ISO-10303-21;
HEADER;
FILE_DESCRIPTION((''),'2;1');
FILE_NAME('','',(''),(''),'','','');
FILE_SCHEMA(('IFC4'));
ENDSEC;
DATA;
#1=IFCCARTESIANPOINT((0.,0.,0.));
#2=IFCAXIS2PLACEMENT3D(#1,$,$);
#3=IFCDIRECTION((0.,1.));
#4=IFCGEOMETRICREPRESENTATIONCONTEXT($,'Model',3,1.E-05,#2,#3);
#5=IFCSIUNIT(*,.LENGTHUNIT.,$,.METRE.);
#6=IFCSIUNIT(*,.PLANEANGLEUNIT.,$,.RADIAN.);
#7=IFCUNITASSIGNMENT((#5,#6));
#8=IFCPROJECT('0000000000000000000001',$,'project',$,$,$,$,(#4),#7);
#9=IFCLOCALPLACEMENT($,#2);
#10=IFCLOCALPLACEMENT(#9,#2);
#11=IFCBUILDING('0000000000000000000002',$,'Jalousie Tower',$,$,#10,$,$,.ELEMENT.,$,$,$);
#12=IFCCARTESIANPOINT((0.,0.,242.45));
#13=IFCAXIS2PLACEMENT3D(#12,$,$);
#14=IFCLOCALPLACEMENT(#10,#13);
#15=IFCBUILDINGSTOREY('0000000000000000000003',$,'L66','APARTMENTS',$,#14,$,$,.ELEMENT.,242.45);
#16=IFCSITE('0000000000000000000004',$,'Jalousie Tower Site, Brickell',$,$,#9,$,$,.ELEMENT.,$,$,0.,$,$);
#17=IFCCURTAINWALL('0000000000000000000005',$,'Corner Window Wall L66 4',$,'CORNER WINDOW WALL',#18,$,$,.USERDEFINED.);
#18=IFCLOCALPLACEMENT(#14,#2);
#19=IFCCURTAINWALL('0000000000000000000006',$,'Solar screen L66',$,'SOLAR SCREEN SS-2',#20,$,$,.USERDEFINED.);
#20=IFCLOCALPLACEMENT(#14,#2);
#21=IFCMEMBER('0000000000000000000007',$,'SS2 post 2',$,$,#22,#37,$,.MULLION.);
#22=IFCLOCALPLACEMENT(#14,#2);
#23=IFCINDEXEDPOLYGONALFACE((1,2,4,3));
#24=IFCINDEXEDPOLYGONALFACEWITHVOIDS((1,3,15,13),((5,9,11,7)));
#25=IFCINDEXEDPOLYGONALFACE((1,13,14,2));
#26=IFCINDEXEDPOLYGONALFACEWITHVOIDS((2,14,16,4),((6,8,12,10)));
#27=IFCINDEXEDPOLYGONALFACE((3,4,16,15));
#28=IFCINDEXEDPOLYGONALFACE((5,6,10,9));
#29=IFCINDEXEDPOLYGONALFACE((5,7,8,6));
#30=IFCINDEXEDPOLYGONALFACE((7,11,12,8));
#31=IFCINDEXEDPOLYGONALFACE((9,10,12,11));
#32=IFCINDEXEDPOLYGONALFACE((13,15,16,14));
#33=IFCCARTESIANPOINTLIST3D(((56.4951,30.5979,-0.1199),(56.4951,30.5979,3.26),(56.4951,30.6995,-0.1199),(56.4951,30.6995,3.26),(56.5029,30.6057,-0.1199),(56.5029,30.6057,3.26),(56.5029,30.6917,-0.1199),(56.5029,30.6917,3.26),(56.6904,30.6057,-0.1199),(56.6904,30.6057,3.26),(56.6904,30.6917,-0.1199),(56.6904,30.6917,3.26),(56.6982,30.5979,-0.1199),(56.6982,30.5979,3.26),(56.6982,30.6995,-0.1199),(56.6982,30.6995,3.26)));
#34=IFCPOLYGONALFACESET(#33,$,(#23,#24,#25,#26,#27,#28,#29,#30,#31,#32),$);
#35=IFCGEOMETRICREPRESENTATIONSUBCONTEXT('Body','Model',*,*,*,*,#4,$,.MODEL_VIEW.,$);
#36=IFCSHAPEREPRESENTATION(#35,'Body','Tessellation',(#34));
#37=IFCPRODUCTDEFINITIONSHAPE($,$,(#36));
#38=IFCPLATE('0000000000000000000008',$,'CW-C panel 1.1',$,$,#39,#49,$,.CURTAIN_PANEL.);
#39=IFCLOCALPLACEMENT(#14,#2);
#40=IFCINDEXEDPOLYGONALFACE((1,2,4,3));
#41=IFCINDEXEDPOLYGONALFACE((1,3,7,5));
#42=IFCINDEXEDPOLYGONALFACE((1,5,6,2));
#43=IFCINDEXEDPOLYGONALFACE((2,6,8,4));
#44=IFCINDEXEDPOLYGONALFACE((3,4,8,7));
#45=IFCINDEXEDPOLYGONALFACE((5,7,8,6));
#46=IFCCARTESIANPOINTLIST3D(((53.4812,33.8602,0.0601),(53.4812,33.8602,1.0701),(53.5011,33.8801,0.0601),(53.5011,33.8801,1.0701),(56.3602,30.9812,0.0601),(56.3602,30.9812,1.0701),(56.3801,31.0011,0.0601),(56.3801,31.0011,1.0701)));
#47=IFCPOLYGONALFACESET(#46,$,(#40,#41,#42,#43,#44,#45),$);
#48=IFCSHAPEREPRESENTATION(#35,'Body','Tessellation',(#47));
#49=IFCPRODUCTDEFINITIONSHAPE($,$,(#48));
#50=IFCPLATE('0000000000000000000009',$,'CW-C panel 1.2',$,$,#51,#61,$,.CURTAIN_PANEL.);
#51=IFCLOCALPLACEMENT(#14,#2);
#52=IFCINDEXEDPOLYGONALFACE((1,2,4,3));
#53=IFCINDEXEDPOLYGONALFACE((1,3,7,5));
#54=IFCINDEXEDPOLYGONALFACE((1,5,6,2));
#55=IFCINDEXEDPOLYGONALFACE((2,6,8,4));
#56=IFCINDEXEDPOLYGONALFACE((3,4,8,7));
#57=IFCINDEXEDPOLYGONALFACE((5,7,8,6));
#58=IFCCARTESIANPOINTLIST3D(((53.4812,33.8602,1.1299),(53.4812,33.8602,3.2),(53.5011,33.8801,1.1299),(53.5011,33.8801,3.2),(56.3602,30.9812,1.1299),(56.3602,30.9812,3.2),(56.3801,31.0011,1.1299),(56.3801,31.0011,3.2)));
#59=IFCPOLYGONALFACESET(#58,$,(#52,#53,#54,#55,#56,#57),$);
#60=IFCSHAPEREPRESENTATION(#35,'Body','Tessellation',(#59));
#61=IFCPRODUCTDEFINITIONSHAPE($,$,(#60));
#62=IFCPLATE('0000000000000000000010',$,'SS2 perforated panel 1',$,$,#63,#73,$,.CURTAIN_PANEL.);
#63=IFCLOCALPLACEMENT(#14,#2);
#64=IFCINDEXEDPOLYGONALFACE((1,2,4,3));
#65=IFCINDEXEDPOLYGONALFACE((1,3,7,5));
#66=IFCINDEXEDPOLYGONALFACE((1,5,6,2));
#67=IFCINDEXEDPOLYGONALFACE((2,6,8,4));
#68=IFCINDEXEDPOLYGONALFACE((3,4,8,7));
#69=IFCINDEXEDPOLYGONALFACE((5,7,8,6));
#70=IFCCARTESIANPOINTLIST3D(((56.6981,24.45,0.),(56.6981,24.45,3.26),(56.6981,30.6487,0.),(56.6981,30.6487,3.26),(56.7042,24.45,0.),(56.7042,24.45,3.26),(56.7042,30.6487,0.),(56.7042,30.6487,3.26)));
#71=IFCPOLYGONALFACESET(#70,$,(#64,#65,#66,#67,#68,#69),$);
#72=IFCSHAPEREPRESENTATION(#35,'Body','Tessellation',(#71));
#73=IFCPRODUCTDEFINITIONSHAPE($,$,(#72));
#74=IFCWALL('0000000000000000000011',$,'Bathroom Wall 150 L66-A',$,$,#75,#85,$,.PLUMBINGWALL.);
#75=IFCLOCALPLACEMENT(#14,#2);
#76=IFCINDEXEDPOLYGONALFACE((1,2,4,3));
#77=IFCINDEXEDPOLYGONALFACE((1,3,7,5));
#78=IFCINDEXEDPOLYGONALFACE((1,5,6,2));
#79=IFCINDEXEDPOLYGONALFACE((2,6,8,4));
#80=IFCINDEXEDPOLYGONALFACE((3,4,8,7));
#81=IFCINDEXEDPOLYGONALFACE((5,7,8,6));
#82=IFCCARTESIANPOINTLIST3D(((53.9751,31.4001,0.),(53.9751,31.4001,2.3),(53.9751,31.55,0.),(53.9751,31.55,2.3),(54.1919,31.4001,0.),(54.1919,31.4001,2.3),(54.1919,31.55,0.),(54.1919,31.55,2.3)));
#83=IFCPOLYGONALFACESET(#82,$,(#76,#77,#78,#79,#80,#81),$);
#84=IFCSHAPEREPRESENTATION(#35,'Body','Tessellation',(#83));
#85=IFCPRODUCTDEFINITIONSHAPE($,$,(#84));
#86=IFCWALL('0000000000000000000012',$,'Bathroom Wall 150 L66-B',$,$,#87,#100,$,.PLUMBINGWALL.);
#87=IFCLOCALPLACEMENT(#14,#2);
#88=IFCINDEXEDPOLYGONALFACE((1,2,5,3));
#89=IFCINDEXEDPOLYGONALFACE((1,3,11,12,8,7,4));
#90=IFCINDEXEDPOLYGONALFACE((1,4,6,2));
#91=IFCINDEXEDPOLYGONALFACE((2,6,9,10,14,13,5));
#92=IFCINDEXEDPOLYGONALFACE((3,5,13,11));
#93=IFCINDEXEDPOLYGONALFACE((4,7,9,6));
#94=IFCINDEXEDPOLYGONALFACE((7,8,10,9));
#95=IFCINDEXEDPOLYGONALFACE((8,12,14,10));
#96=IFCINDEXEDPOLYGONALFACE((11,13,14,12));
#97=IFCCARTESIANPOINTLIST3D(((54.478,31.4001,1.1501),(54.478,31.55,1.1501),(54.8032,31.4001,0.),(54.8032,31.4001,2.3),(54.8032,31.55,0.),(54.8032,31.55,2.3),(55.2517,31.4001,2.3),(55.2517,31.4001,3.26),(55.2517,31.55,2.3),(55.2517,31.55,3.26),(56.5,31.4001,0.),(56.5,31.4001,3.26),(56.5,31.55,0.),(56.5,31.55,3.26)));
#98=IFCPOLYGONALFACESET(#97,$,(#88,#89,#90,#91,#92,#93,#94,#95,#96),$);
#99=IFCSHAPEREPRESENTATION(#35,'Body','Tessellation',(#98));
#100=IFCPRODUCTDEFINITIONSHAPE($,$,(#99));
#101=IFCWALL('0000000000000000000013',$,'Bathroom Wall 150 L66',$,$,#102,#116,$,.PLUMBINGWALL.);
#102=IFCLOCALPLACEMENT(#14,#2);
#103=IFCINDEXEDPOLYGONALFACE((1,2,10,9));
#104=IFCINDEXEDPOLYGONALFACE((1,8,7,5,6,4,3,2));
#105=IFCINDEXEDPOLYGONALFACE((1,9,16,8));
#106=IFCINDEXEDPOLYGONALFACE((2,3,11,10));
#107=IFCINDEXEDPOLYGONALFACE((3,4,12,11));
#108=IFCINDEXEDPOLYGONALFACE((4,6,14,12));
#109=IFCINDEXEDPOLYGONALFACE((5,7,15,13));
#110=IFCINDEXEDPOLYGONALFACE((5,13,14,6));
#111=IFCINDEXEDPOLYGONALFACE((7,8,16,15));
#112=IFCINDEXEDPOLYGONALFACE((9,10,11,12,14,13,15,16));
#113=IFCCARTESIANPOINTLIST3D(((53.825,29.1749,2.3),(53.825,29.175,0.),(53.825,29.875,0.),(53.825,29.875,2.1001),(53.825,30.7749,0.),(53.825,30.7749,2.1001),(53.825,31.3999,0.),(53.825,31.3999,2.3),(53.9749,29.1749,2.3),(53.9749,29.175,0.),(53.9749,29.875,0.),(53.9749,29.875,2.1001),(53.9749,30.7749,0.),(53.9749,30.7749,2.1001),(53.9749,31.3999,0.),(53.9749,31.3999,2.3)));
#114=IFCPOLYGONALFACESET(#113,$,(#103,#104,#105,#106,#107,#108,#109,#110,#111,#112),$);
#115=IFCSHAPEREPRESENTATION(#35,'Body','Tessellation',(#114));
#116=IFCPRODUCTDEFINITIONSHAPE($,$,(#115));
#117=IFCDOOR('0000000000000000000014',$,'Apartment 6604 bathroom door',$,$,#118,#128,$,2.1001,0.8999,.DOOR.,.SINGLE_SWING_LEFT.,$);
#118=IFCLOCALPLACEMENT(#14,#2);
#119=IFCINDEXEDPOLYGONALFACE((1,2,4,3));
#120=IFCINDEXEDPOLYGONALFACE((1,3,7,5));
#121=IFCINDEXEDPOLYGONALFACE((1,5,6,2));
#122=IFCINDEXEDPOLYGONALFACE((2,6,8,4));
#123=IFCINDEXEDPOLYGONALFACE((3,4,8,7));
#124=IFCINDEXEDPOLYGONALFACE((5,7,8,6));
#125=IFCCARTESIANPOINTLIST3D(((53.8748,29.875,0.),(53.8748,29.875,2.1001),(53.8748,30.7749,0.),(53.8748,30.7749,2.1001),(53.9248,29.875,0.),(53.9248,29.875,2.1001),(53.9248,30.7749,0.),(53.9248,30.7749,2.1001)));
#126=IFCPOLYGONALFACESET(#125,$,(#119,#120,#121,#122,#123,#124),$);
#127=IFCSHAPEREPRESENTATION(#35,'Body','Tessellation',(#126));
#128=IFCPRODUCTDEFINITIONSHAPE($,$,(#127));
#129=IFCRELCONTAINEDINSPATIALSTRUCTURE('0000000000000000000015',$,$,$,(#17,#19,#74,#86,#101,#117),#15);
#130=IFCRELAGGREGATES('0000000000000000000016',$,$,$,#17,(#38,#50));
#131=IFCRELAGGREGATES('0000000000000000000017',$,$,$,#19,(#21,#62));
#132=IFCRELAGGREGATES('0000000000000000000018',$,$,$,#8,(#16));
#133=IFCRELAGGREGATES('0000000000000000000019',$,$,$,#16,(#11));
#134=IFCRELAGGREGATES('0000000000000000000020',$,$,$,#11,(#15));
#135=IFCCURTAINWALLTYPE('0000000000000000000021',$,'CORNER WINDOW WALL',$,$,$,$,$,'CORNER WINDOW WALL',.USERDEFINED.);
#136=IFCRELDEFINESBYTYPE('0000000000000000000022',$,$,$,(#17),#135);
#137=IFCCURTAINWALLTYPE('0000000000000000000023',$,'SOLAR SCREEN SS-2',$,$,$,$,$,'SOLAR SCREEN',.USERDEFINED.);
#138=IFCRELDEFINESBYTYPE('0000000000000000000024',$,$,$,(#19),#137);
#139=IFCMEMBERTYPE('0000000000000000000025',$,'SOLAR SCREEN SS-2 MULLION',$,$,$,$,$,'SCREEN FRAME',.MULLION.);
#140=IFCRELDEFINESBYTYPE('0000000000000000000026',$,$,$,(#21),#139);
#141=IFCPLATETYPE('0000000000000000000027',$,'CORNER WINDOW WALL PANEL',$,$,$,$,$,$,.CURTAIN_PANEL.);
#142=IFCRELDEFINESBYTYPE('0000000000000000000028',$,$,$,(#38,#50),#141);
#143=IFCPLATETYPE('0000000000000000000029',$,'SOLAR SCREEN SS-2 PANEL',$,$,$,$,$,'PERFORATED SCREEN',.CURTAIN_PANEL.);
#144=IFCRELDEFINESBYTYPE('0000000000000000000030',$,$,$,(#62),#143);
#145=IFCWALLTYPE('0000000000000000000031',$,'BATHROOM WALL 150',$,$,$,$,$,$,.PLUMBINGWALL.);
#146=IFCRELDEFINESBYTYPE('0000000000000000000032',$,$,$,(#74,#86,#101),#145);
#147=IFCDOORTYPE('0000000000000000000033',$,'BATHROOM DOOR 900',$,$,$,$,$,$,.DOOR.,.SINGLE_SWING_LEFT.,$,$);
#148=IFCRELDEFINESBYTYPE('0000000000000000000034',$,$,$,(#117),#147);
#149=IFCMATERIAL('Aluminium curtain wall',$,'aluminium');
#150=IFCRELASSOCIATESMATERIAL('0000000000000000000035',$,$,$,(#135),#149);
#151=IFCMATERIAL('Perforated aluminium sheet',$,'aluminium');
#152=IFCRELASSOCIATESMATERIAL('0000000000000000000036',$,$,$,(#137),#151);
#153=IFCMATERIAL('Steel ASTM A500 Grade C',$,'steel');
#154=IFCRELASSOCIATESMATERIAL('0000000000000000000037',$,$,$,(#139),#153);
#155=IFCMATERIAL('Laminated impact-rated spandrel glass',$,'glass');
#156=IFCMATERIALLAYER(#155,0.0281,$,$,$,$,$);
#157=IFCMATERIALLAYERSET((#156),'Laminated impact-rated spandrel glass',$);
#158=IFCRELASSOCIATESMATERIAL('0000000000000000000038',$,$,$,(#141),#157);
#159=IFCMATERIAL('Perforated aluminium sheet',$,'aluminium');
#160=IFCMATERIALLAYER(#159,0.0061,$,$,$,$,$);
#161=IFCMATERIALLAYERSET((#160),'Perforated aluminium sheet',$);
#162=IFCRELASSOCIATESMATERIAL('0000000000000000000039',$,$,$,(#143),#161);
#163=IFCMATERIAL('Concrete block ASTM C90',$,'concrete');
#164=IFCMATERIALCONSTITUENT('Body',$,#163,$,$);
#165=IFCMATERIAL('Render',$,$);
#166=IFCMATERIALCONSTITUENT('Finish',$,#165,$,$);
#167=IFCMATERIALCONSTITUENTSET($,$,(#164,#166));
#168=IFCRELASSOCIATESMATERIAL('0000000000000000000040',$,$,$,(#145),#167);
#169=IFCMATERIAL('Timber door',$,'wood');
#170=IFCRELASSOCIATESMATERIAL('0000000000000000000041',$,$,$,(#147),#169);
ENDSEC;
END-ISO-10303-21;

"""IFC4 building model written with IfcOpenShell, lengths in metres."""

from ifc_helpers import new_model, si_unit, direction, frame, frame_2d, origin, origin_2d, place, context, subcontext, project, spatial, polyline, rectangle, hollow_rectangle, outline, extrude, material, layer, layer_set, constituent, constituent_set, material_profile, profile_set, type_object, element, fill, aggregate, save


model = new_model("IFC4")

# Units and contexts
model_context = context("Model", 3, precision=1e-05, world=origin(), true_north=direction((0.0, 1.0)))
body_context = subcontext(model_context, "Body", "Model", "MODEL_VIEW")
ifc_project = project(units=[si_unit("LENGTHUNIT", "METRE"), si_unit("PLANEANGLEUNIT", "RADIAN")], contexts=[model_context])

# Site, building, storey
site_placement = place(None, origin())
site = spatial("IfcSite", under=ifc_project, at=site_placement, Name="Jalousie Tower Site, Brickell", CompositionType="ELEMENT", RefElevation=0.0)
building_placement = place(site_placement, origin())
building = spatial("IfcBuilding", under=site, at=building_placement, Name="Jalousie Tower", CompositionType="ELEMENT")
storey_placement = place(building_placement, frame((0.0, 0.0, 242.45)))
storey = spatial("IfcBuildingStorey", under=building, at=storey_placement, Name="L66", Description="APARTMENTS", CompositionType="ELEMENT", Elevation=242.45)

# Curtain wall
ifc_material_1 = material(Name="Aluminium curtain wall", Category="aluminium")
curtain_wall_type_1 = type_object("IfcCurtainWallType", Name="CORNER WINDOW WALL", ElementType="CORNER WINDOW WALL", PredefinedType="USERDEFINED", material=ifc_material_1)
curtain_wall_1_placement = place(storey_placement, origin())
curtain_wall_1 = element("IfcCurtainWall", 1, at=curtain_wall_1_placement, inside=storey, type_object=curtain_wall_type_1, Name="Corner Window Wall L66 4", ObjectType="CORNER WINDOW WALL", PredefinedType="USERDEFINED")

# Curtain wall, member
ifc_material_2 = material(Name="Perforated aluminium sheet", Category="aluminium")
curtain_wall_type_2 = type_object("IfcCurtainWallType", Name="SOLAR SCREEN SS-2", ElementType="SOLAR SCREEN", PredefinedType="USERDEFINED", material=ifc_material_2)
curtain_wall_2_placement = place(storey_placement, origin())
curtain_wall_2 = element("IfcCurtainWall", 2, at=curtain_wall_2_placement, inside=storey, type_object=curtain_wall_type_2, Name="Solar screen L66", ObjectType="SOLAR SCREEN SS-2", PredefinedType="USERDEFINED")
ifc_material_3 = material(Name="Steel ASTM A500 Grade C", Category="steel")
ifc_material_profile_1 = material_profile(ifc_material_3, hollow_rectangle(XDim=0.1016, YDim=0.2031, WallThickness=0.0078, at=origin_2d()), Name="HSS8X4X5/16")
ifc_profile_set_1 = profile_set([ifc_material_profile_1], Name="Steel ASTM A500 Grade C")
member_type_1 = type_object("IfcMemberType", Name="SOLAR SCREEN SS-2 MULLION", ElementType="SCREEN FRAME", PredefinedType="MULLION", material=ifc_profile_set_1)
member_1_placement = place(storey_placement, frame((56.5967, 30.6487, -0.1199), z_axis=(0.0, 0.0, 1.0), x_axis=(0.0, 1.0, 0.0)))
member_1 = element("IfcMember", 3, at=member_1_placement, type_object=member_type_1, Name="SS2 post 2", PredefinedType="MULLION", context=body_context, shape_type="SweptSolid", body=[
    extrude(hollow_rectangle(XDim=0.1016, YDim=0.2031, WallThickness=0.0078, at=origin_2d()), origin(), (0.0, 0.0, 1.0), 3.3799),
])

# Plates
ifc_material_4 = material(Name="Laminated impact-rated spandrel glass", Category="glass")
ifc_layer_1 = layer(ifc_material_4, 0.0281)
ifc_layer_set_1 = layer_set([ifc_layer_1], Name="Laminated impact-rated spandrel glass")
plate_type_1 = type_object("IfcPlateType", Name="CORNER WINDOW WALL PANEL", PredefinedType="CURTAIN_PANEL", material=ifc_layer_set_1)
plate_1_placement = place(storey_placement, frame((54.9307, 32.4307, 0.0601), z_axis=(0.0, 0.0, 1.0), x_axis=(-0.707107, 0.707107, 0.0)))
plate_1 = element("IfcPlate", 4, at=plate_1_placement, type_object=plate_type_1, Name="CW-C panel 1.1", PredefinedType="CURTAIN_PANEL", context=body_context, shape_type="SweptSolid", body=[
    extrude(rectangle(XDim=4.0715, YDim=0.0281, at=origin_2d()), origin(), (0.0, 0.0, 1.0), 1.01),
])
plate_2_placement = place(storey_placement, frame((54.9307, 32.4307, 1.1299), z_axis=(0.0, 0.0, 1.0), x_axis=(-0.707107, 0.707107, 0.0)))
plate_2 = element("IfcPlate", 5, at=plate_2_placement, type_object=plate_type_1, Name="CW-C panel 1.2", PredefinedType="CURTAIN_PANEL", context=body_context, shape_type="SweptSolid", body=[
    extrude(rectangle(XDim=4.0715, YDim=0.0281, at=origin_2d()), origin(), (0.0, 0.0, 1.0), 2.0701),
])
aggregate(curtain_wall_1, [plate_1, plate_2])
ifc_material_5 = material(Name="Perforated aluminium sheet", Category="aluminium")
ifc_layer_2 = layer(ifc_material_5, 0.0061)
ifc_layer_set_2 = layer_set([ifc_layer_2], Name="Perforated aluminium sheet")
plate_type_2 = type_object("IfcPlateType", Name="SOLAR SCREEN SS-2 PANEL", ElementType="PERFORATED SCREEN", PredefinedType="CURTAIN_PANEL", material=ifc_layer_set_2)
plate_3_placement = place(storey_placement, frame((56.7012, 27.5493, 0.0), z_axis=(0.0, 0.0, 1.0), x_axis=(0.0, 1.0, 0.0)))
plate_3 = element("IfcPlate", 6, at=plate_3_placement, type_object=plate_type_2, Name="SS2 perforated panel 1", PredefinedType="CURTAIN_PANEL", context=body_context, shape_type="SweptSolid", body=[
    extrude(rectangle(XDim=6.1987, YDim=0.0061, at=origin_2d()), origin(), (0.0, 0.0, 1.0), 3.26),
])
aggregate(curtain_wall_2, [member_1, plate_3])

# Walls
ifc_material_6 = material(Name="Concrete block ASTM C90", Category="concrete")
ifc_constituent_1 = constituent(ifc_material_6, Name="Body")
ifc_material_7 = material(Name="Render")
ifc_constituent_2 = constituent(ifc_material_7, Name="Finish")
ifc_constituent_set_1 = constituent_set(constituents=[ifc_constituent_1, ifc_constituent_2])
wall_type_1 = type_object("IfcWallType", Name="BATHROOM WALL 150", PredefinedType="PLUMBINGWALL", material=ifc_constituent_set_1)
wall_1_placement = place(storey_placement, frame((53.9751, 31.4751, 0.0), z_axis=(0.0, 0.0, 1.0), x_axis=(1.0, 0.0, 0.0)))
element("IfcWall", 7, at=wall_1_placement, inside=storey, type_object=wall_type_1, Name="Bathroom Wall 150 L66-A", PredefinedType="PLUMBINGWALL", context=body_context, shape_type="SweptSolid", body=[
    extrude(rectangle(XDim=0.2168, YDim=0.1499, at=frame_2d((0.1084, 0.0))), origin(), (0.0, 0.0, 1.0), 2.3),
])
wall_2_placement = place(storey_placement, frame((54.478, 31.4751, 0.0), z_axis=(0.0, 0.0, 1.0), x_axis=(1.0, 0.0, 0.0)))
element("IfcWall", 8, at=wall_2_placement, inside=storey, type_object=wall_type_1, Name="Bathroom Wall 150 L66-B", PredefinedType="PLUMBINGWALL", context=body_context, shape_type="SweptSolid", body=[
    extrude(outline(polyline([(0.7737, 3.26), (0.7737, 2.3), (0.3252, 2.3), (0.0, 1.1501), (0.3252, 0.0), (2.022, 0.0), (2.022, 3.26), (0.7737, 3.26)])), frame((0.0, 0.075, 0.0), z_axis=(0.0, -1.0, 0.0), x_axis=(1.0, 0.0, 0.0)), (0.0, 0.0, 1.0), 0.1499),
])

# Wall, opening, door
wall_3_placement = place(storey_placement, frame((53.8999, 31.3999, 0.0), z_axis=(0.0, 0.0, 1.0), x_axis=(0.0, -1.0, 0.0)))
wall_3 = element("IfcWall", 9, at=wall_3_placement, inside=storey, type_object=wall_type_1, Name="Bathroom Wall 150 L66", PredefinedType="PLUMBINGWALL", context=body_context, shape_type="SweptSolid", body=[
    extrude(outline(polyline([(0.0, 0.0), (2.2249, 0.0), (2.2251, 3.26), (2.2251, 2.3), (0.438, 2.3), (0.0, 2.3), (0.0, 3.26), (0.0, 0.0)])), frame((0.0, 0.075, 0.0), z_axis=(0.0, -1.0, 0.0), x_axis=(1.0, 0.0, 0.0)), (0.0, 0.0, 1.0), 0.1499),
])
opening_1_placement = place(wall_3_placement, frame((0.625, 0.0, 0.0)))
opening_1 = element("IfcOpeningElement", 10, at=opening_1_placement, cuts=wall_3, PredefinedType="OPENING", context=body_context, shape_type="SweptSolid", body=[
    extrude(rectangle(XDim=0.8999, YDim=2.1001, at=frame_2d((0.45, 1.05))), frame((0.0, 0.085, 0.0), z_axis=(0.0, -1.0, 0.0), x_axis=(1.0, 0.0, 0.0)), (0.0, 0.0, 1.0), 0.1699),
])
ifc_material_8 = material(Name="Timber door", Category="wood")
door_type_1 = type_object("IfcDoorType", Name="BATHROOM DOOR 900", OperationType="SINGLE_SWING_LEFT", PredefinedType="DOOR", material=ifc_material_8)
door_1_placement = place(opening_1_placement, origin())
door_1 = element("IfcDoor", 11, at=door_1_placement, inside=storey, type_object=door_type_1, Name="Apartment 6604 bathroom door", OperationType="SINGLE_SWING_LEFT", OverallHeight=2.1001, OverallWidth=0.8999, PredefinedType="DOOR", context=body_context, shape_type="SweptSolid", body=[
    extrude(rectangle(XDim=0.8999, YDim=2.1001, at=frame_2d((0.45, 1.05))), frame((0.0, 0.0249, 0.0), z_axis=(0.0, -1.0, 0.0), x_axis=(1.0, 0.0, 0.0)), (0.0, 0.0, 1.0), 0.05),
])
fill(opening_1, door_1)

save(model, "model.ifc")
